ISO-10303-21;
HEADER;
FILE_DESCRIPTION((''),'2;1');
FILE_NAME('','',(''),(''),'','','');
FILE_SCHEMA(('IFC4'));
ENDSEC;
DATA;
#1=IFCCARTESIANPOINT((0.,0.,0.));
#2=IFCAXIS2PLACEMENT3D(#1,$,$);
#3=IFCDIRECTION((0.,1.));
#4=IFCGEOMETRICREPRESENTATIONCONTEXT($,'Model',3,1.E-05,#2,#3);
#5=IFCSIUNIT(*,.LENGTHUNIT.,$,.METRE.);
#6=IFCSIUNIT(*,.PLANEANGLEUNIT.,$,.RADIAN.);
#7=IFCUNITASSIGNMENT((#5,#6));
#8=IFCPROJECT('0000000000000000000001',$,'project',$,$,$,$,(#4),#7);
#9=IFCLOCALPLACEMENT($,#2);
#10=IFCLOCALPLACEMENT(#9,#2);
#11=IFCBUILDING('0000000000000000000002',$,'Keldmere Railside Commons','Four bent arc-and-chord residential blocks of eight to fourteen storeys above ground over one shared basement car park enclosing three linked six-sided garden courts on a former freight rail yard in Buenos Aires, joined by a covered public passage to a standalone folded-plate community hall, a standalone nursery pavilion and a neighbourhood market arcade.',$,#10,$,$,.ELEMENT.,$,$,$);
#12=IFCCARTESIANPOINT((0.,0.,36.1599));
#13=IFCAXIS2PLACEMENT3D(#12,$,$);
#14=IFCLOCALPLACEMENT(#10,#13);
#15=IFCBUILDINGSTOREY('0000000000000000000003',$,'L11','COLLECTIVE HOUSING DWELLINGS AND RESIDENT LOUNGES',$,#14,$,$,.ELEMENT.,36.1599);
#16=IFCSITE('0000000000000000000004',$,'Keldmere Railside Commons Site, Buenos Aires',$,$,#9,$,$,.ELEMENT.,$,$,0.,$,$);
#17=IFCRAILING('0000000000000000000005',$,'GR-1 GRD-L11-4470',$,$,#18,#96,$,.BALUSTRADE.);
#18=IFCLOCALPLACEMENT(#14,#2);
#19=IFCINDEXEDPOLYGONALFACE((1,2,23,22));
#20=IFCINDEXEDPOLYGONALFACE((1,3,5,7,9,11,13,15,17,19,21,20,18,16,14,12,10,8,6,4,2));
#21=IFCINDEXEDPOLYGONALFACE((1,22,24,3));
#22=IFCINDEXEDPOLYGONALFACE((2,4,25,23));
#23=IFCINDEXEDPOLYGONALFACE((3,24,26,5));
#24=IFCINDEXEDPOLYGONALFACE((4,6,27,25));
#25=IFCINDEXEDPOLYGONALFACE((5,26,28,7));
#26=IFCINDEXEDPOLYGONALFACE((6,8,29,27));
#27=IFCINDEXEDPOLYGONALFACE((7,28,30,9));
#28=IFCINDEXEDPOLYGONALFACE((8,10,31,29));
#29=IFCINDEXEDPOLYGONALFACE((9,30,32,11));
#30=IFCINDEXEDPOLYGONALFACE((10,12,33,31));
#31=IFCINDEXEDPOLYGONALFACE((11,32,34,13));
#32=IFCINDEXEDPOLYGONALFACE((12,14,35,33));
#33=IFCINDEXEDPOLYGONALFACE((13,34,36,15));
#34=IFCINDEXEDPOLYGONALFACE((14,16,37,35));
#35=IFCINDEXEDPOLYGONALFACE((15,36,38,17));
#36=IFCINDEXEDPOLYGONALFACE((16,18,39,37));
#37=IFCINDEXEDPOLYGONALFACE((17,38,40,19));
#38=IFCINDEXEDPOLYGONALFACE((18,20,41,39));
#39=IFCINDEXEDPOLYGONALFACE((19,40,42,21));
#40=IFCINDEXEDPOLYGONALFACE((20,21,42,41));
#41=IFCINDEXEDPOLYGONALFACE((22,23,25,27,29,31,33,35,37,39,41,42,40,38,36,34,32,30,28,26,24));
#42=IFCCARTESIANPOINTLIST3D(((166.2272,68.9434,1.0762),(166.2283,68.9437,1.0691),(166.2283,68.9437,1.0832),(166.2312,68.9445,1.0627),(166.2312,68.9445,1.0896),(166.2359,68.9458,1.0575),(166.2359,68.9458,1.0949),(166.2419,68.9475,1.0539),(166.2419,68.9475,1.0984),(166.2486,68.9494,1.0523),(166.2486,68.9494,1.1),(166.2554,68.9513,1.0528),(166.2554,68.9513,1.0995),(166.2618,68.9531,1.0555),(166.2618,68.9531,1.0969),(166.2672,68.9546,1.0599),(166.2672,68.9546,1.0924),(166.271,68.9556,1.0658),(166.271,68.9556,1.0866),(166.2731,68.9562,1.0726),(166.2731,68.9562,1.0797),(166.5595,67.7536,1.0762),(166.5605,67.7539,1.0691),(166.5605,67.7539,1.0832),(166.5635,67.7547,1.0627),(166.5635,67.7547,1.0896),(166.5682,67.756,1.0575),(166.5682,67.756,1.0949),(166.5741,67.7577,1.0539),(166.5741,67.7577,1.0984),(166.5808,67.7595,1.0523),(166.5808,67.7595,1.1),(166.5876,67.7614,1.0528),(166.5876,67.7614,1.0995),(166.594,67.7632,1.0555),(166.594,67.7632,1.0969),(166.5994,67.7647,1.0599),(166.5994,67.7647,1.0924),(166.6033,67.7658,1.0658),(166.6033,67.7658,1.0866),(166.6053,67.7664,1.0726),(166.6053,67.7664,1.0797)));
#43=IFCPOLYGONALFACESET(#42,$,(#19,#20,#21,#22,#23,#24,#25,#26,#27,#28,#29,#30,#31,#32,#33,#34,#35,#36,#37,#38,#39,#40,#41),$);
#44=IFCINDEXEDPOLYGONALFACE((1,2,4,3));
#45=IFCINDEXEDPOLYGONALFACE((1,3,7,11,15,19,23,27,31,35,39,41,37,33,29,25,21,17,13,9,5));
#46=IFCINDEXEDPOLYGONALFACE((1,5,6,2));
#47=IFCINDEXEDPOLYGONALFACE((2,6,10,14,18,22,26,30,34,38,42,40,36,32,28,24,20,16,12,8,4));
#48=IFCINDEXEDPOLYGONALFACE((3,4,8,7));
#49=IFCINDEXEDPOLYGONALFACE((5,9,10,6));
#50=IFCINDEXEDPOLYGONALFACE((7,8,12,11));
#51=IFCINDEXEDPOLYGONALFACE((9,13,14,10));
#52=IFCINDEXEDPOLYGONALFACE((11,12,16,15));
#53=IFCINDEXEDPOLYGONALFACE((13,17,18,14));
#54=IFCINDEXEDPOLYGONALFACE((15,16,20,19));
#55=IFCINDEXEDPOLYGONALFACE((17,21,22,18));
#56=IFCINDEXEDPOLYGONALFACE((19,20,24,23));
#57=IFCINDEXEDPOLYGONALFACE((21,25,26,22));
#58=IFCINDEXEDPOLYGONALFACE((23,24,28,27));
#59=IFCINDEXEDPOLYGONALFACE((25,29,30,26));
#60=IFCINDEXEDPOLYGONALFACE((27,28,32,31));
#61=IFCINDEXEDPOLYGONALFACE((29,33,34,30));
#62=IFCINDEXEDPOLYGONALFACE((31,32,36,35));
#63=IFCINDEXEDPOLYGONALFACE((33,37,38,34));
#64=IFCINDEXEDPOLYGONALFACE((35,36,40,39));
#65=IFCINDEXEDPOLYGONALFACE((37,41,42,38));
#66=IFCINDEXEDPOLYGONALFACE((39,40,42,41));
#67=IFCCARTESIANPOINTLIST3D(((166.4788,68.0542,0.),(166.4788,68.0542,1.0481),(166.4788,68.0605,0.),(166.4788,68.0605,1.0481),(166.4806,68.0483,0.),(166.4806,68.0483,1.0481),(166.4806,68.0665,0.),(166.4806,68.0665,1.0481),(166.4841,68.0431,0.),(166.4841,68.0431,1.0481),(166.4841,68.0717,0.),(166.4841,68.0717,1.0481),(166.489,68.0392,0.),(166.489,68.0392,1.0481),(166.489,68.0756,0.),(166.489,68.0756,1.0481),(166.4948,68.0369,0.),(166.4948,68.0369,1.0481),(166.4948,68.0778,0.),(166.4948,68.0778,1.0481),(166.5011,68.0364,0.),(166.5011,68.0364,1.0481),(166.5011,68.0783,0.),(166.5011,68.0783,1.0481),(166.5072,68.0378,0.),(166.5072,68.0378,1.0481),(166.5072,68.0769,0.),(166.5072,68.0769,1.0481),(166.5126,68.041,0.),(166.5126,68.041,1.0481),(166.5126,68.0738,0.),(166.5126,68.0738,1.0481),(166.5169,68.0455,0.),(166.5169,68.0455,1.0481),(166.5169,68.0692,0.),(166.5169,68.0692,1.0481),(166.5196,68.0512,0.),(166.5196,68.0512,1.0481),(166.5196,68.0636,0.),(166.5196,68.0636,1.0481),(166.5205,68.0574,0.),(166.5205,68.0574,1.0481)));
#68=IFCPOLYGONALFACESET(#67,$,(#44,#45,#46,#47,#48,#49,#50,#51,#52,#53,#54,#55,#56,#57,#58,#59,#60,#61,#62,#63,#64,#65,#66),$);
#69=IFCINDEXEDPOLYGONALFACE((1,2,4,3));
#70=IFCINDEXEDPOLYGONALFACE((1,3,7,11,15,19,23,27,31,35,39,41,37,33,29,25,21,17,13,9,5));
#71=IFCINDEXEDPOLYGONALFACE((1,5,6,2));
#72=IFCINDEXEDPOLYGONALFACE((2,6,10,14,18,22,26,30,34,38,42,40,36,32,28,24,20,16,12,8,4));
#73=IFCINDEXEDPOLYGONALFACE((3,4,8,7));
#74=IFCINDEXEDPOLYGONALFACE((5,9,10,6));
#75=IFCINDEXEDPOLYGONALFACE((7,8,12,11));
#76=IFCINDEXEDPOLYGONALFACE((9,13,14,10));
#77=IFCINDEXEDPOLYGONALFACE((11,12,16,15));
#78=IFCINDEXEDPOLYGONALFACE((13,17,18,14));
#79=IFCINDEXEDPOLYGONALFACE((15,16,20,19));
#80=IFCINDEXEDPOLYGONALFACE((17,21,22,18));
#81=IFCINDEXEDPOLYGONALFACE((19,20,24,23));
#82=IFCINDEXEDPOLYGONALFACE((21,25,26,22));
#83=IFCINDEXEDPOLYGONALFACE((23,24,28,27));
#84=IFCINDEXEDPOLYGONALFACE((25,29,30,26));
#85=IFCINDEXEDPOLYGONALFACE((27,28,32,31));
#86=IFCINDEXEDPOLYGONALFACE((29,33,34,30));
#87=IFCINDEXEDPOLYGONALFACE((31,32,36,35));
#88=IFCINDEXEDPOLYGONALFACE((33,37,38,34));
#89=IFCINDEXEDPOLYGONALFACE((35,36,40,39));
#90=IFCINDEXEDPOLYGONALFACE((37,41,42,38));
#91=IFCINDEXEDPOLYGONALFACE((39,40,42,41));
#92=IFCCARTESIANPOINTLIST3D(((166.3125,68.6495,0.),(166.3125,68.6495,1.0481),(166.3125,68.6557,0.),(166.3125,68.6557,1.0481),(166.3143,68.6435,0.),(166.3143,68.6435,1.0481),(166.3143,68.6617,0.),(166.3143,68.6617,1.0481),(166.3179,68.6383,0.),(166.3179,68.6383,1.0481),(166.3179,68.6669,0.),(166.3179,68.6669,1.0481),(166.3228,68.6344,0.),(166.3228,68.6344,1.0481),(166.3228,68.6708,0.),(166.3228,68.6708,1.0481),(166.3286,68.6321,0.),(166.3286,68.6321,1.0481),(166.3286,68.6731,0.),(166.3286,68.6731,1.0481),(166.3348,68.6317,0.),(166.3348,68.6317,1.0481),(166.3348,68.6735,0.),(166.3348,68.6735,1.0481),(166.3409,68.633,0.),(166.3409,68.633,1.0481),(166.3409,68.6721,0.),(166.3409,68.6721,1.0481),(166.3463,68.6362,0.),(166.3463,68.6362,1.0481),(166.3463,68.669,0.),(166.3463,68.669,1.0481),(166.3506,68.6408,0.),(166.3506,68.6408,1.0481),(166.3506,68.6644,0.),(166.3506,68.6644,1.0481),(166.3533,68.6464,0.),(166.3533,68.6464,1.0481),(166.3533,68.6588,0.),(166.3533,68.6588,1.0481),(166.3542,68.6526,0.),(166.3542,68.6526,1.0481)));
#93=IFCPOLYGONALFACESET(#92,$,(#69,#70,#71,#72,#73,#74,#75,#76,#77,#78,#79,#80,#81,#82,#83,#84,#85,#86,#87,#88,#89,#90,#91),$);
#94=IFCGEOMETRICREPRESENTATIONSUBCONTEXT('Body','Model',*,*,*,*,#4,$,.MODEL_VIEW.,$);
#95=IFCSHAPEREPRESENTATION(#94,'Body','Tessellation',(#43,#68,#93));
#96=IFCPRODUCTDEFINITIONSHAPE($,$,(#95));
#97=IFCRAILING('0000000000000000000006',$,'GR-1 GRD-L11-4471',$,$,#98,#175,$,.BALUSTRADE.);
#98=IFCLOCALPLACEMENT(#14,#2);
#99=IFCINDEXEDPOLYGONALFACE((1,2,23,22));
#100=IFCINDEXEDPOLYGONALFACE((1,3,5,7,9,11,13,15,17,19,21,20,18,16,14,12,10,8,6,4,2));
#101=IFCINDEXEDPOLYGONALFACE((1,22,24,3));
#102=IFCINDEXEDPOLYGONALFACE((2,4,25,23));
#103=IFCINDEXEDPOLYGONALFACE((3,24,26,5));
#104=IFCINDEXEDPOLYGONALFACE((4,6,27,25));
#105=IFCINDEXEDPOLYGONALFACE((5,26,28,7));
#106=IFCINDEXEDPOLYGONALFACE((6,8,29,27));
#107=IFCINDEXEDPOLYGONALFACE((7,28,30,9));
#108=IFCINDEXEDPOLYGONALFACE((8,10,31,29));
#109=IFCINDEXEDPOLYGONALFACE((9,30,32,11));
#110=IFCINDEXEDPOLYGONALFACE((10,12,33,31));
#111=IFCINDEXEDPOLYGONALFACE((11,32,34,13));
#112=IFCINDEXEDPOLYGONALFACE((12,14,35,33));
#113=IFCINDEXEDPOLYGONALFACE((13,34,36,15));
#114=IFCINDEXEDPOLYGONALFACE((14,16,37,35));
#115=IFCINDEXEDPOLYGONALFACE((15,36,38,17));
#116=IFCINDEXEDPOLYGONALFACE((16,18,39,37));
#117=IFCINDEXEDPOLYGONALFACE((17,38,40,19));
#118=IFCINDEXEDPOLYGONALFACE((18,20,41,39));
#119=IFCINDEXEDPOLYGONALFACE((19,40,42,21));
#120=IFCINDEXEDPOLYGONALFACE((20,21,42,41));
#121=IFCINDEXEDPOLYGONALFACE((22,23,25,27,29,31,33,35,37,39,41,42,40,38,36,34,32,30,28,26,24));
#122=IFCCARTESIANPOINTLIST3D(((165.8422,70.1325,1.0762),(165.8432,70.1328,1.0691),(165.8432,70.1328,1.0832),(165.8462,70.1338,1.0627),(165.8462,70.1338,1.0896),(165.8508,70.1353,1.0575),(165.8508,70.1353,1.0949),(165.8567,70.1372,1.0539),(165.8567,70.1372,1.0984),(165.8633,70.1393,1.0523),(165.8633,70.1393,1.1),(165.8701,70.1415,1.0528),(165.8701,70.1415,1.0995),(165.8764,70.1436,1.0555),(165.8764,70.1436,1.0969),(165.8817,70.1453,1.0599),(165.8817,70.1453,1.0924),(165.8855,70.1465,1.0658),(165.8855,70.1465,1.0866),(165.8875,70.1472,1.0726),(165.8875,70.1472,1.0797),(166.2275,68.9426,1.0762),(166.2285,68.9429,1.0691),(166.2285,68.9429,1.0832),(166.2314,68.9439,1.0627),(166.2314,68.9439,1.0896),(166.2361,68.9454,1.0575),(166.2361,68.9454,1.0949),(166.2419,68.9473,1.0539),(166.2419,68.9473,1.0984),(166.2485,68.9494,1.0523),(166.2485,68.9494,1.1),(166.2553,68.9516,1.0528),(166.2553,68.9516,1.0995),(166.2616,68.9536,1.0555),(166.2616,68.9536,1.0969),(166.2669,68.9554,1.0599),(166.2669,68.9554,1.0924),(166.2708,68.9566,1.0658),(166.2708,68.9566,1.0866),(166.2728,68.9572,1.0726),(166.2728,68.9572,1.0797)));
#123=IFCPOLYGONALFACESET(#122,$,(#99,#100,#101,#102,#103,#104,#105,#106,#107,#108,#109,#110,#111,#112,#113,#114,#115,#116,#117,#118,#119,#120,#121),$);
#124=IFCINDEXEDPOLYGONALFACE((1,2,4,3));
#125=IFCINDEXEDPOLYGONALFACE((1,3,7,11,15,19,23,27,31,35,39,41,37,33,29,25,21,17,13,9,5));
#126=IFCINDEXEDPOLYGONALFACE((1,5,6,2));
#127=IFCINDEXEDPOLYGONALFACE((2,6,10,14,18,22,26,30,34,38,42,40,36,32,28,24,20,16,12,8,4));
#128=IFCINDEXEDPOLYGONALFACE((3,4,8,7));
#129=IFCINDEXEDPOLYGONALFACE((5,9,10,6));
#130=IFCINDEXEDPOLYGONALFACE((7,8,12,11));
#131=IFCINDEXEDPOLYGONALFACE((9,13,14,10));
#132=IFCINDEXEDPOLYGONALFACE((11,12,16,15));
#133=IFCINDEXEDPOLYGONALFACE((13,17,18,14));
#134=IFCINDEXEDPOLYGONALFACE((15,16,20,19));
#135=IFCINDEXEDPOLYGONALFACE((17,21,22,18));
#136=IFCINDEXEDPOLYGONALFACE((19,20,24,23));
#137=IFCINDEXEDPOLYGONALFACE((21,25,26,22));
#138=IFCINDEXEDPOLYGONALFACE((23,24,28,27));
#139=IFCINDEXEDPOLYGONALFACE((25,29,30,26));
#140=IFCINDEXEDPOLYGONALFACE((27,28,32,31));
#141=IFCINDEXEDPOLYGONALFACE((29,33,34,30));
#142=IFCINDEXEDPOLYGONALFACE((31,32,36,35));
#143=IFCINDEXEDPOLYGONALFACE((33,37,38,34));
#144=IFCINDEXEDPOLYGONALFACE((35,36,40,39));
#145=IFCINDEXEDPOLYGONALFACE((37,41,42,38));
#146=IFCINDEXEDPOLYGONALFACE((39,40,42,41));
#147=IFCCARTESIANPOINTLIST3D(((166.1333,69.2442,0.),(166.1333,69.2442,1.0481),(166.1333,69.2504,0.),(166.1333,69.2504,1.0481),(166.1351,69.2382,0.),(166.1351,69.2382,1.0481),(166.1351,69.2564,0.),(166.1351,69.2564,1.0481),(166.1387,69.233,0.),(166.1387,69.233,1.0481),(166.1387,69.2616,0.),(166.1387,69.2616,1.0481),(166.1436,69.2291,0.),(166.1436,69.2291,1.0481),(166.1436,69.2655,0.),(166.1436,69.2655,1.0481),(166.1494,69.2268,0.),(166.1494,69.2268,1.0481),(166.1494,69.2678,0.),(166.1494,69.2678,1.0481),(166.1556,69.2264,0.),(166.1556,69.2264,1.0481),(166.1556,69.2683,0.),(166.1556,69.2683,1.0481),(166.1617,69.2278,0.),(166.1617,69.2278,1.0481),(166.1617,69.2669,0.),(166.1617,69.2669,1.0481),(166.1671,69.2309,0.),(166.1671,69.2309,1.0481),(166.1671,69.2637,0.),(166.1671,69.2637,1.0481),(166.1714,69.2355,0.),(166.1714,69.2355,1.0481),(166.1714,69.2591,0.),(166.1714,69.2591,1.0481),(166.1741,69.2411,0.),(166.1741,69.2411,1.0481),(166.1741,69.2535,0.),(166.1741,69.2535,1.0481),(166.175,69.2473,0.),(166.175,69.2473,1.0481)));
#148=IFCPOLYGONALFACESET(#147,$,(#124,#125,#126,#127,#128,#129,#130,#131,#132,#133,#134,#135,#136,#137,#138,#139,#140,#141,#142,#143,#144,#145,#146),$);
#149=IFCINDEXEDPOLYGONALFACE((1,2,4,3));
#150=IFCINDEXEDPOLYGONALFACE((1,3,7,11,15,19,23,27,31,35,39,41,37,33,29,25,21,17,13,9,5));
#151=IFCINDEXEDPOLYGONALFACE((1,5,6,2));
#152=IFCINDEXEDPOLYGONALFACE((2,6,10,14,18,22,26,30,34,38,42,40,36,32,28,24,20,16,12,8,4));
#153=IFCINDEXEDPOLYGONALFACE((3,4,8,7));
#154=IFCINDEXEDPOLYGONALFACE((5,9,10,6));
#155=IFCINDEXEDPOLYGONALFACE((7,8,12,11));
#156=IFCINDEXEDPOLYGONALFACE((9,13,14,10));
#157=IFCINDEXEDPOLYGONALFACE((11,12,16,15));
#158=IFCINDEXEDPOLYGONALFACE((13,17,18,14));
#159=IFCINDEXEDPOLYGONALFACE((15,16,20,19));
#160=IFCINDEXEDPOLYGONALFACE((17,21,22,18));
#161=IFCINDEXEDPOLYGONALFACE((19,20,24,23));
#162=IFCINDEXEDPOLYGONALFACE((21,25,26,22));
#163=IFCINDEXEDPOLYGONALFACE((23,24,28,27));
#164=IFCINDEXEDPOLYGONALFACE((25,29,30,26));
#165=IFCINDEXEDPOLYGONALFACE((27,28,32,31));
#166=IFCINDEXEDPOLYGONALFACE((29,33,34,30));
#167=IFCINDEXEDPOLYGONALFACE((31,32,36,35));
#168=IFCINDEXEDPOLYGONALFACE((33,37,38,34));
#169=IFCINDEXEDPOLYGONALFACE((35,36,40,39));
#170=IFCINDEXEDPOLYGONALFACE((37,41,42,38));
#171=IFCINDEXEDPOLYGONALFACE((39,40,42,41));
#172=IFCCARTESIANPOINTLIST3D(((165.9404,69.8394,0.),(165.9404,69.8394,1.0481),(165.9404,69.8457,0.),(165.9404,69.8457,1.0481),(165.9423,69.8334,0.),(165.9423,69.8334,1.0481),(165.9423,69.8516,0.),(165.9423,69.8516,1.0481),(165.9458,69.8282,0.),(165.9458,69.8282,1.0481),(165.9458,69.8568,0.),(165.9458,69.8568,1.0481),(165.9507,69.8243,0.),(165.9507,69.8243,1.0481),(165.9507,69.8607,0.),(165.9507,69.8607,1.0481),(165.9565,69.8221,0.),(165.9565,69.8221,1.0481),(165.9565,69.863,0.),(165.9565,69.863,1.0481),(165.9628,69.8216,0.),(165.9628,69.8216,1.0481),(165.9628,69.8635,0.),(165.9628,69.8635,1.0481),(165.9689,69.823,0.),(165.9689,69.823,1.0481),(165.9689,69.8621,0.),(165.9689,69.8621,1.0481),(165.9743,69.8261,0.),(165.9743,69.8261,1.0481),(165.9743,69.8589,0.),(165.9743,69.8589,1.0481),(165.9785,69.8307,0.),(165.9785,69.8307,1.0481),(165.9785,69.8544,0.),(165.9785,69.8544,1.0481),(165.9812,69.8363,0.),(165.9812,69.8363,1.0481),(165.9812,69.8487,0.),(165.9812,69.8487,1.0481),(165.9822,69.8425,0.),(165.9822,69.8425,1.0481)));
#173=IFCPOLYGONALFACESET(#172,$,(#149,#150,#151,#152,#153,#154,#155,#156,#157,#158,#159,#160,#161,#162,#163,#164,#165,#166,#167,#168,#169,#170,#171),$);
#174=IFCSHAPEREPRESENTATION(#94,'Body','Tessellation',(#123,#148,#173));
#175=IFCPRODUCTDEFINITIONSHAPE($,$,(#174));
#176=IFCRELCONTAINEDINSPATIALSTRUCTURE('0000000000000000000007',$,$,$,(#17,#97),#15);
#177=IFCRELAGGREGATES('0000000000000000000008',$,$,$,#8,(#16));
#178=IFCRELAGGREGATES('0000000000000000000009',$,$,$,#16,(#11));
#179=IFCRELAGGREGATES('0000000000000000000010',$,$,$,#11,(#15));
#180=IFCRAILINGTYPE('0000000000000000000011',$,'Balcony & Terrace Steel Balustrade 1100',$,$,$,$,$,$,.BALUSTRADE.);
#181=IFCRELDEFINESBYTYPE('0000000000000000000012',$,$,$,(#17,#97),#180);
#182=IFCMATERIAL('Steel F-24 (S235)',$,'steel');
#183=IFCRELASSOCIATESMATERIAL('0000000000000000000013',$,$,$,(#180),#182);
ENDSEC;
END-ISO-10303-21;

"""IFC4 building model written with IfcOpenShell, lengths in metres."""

from ifc_helpers import new_model, si_unit, direction, frame, origin, origin_2d, place, context, subcontext, project, spatial, circle, extrude, material, type_object, element, save


model = new_model("IFC4")

# Units and contexts
model_context = context("Model", 3, precision=1e-05, world=origin(), true_north=direction((0.0, 1.0)))
body_context = subcontext(model_context, "Body", "Model", "MODEL_VIEW")
ifc_project = project(units=[si_unit("LENGTHUNIT", "METRE"), si_unit("PLANEANGLEUNIT", "RADIAN")], contexts=[model_context])

# Site, building, storey
site_placement = place(None, origin())
site = spatial("IfcSite", under=ifc_project, at=site_placement, Name="Keldmere Railside Commons Site, Buenos Aires", CompositionType="ELEMENT", RefElevation=0.0)
building_placement = place(site_placement, origin())
building = spatial("IfcBuilding", under=site, at=building_placement, Name="Keldmere Railside Commons", Description="Four bent arc-and-chord residential blocks of eight to fourteen storeys above ground over one shared basement car park enclosing three linked six-sided garden courts on a former freight rail yard in Buenos Aires, joined by a covered public passage to a standalone folded-plate community hall, a standalone nursery pavilion and a neighbourhood market arcade.", CompositionType="ELEMENT")
storey_placement = place(building_placement, frame((0.0, 0.0, 36.1599)))
storey = spatial("IfcBuildingStorey", under=building, at=storey_placement, Name="L11", Description="COLLECTIVE HOUSING DWELLINGS AND RESIDENT LOUNGES", CompositionType="ELEMENT", Elevation=36.1599)

# Railings
ifc_material_1 = material(Name="Steel F-24 (S235)", Category="steel")
railing_type = type_object("IfcRailingType", Name="Balcony & Terrace Steel Balustrade 1100", PredefinedType="BALUSTRADE", material=ifc_material_1)
railing_1_placement = place(storey_placement, frame((166.5825, 67.76, 0.0)))
element("IfcRailing", 1, at=railing_1_placement, inside=storey, type_object=railing_type, Name="GR-1 GRD-L11-4470", PredefinedType="BALUSTRADE", context=body_context, shape_type="SweptSolid", body=[
    extrude(circle(Radius=0.0239, at=origin_2d()), frame((0.0, 0.0, 1.0762), z_axis=(-0.268948, 0.963155, 0.0), x_axis=(-0.963155, -0.268948, 0.0)), (0.0, 0.0, 1.0), 1.2354),
    extrude(circle(Radius=0.021, at=origin_2d()), frame((-0.083, 0.2974, 0.0)), (0.0, 0.0, 1.0), 1.0481),
    extrude(circle(Radius=0.021, at=origin_2d()), frame((-0.2493, 0.8926, 0.0)), (0.0, 0.0, 1.0), 1.0481),
])
railing_2_placement = place(storey_placement, frame((166.2502, 68.95, 0.0)))
element("IfcRailing", 2, at=railing_2_placement, inside=storey, type_object=railing_type, Name="GR-1 GRD-L11-4471", PredefinedType="BALUSTRADE", context=body_context, shape_type="SweptSolid", body=[
    extrude(circle(Radius=0.0239, at=origin_2d()), frame((0.0, 0.0, 1.0762), z_axis=(-0.308018, 0.951381, 0.0), x_axis=(-0.951381, -0.308018, 0.0)), (0.0, 0.0, 1.0), 1.2507),
    extrude(circle(Radius=0.021, at=origin_2d()), frame((-0.0962, 0.2974, 0.0)), (0.0, 0.0, 1.0), 1.0481),
    extrude(circle(Radius=0.021, at=origin_2d()), frame((-0.2891, 0.8926, 0.0)), (0.0, 0.0, 1.0), 1.0481),
])

save(model, "model.ifc")
